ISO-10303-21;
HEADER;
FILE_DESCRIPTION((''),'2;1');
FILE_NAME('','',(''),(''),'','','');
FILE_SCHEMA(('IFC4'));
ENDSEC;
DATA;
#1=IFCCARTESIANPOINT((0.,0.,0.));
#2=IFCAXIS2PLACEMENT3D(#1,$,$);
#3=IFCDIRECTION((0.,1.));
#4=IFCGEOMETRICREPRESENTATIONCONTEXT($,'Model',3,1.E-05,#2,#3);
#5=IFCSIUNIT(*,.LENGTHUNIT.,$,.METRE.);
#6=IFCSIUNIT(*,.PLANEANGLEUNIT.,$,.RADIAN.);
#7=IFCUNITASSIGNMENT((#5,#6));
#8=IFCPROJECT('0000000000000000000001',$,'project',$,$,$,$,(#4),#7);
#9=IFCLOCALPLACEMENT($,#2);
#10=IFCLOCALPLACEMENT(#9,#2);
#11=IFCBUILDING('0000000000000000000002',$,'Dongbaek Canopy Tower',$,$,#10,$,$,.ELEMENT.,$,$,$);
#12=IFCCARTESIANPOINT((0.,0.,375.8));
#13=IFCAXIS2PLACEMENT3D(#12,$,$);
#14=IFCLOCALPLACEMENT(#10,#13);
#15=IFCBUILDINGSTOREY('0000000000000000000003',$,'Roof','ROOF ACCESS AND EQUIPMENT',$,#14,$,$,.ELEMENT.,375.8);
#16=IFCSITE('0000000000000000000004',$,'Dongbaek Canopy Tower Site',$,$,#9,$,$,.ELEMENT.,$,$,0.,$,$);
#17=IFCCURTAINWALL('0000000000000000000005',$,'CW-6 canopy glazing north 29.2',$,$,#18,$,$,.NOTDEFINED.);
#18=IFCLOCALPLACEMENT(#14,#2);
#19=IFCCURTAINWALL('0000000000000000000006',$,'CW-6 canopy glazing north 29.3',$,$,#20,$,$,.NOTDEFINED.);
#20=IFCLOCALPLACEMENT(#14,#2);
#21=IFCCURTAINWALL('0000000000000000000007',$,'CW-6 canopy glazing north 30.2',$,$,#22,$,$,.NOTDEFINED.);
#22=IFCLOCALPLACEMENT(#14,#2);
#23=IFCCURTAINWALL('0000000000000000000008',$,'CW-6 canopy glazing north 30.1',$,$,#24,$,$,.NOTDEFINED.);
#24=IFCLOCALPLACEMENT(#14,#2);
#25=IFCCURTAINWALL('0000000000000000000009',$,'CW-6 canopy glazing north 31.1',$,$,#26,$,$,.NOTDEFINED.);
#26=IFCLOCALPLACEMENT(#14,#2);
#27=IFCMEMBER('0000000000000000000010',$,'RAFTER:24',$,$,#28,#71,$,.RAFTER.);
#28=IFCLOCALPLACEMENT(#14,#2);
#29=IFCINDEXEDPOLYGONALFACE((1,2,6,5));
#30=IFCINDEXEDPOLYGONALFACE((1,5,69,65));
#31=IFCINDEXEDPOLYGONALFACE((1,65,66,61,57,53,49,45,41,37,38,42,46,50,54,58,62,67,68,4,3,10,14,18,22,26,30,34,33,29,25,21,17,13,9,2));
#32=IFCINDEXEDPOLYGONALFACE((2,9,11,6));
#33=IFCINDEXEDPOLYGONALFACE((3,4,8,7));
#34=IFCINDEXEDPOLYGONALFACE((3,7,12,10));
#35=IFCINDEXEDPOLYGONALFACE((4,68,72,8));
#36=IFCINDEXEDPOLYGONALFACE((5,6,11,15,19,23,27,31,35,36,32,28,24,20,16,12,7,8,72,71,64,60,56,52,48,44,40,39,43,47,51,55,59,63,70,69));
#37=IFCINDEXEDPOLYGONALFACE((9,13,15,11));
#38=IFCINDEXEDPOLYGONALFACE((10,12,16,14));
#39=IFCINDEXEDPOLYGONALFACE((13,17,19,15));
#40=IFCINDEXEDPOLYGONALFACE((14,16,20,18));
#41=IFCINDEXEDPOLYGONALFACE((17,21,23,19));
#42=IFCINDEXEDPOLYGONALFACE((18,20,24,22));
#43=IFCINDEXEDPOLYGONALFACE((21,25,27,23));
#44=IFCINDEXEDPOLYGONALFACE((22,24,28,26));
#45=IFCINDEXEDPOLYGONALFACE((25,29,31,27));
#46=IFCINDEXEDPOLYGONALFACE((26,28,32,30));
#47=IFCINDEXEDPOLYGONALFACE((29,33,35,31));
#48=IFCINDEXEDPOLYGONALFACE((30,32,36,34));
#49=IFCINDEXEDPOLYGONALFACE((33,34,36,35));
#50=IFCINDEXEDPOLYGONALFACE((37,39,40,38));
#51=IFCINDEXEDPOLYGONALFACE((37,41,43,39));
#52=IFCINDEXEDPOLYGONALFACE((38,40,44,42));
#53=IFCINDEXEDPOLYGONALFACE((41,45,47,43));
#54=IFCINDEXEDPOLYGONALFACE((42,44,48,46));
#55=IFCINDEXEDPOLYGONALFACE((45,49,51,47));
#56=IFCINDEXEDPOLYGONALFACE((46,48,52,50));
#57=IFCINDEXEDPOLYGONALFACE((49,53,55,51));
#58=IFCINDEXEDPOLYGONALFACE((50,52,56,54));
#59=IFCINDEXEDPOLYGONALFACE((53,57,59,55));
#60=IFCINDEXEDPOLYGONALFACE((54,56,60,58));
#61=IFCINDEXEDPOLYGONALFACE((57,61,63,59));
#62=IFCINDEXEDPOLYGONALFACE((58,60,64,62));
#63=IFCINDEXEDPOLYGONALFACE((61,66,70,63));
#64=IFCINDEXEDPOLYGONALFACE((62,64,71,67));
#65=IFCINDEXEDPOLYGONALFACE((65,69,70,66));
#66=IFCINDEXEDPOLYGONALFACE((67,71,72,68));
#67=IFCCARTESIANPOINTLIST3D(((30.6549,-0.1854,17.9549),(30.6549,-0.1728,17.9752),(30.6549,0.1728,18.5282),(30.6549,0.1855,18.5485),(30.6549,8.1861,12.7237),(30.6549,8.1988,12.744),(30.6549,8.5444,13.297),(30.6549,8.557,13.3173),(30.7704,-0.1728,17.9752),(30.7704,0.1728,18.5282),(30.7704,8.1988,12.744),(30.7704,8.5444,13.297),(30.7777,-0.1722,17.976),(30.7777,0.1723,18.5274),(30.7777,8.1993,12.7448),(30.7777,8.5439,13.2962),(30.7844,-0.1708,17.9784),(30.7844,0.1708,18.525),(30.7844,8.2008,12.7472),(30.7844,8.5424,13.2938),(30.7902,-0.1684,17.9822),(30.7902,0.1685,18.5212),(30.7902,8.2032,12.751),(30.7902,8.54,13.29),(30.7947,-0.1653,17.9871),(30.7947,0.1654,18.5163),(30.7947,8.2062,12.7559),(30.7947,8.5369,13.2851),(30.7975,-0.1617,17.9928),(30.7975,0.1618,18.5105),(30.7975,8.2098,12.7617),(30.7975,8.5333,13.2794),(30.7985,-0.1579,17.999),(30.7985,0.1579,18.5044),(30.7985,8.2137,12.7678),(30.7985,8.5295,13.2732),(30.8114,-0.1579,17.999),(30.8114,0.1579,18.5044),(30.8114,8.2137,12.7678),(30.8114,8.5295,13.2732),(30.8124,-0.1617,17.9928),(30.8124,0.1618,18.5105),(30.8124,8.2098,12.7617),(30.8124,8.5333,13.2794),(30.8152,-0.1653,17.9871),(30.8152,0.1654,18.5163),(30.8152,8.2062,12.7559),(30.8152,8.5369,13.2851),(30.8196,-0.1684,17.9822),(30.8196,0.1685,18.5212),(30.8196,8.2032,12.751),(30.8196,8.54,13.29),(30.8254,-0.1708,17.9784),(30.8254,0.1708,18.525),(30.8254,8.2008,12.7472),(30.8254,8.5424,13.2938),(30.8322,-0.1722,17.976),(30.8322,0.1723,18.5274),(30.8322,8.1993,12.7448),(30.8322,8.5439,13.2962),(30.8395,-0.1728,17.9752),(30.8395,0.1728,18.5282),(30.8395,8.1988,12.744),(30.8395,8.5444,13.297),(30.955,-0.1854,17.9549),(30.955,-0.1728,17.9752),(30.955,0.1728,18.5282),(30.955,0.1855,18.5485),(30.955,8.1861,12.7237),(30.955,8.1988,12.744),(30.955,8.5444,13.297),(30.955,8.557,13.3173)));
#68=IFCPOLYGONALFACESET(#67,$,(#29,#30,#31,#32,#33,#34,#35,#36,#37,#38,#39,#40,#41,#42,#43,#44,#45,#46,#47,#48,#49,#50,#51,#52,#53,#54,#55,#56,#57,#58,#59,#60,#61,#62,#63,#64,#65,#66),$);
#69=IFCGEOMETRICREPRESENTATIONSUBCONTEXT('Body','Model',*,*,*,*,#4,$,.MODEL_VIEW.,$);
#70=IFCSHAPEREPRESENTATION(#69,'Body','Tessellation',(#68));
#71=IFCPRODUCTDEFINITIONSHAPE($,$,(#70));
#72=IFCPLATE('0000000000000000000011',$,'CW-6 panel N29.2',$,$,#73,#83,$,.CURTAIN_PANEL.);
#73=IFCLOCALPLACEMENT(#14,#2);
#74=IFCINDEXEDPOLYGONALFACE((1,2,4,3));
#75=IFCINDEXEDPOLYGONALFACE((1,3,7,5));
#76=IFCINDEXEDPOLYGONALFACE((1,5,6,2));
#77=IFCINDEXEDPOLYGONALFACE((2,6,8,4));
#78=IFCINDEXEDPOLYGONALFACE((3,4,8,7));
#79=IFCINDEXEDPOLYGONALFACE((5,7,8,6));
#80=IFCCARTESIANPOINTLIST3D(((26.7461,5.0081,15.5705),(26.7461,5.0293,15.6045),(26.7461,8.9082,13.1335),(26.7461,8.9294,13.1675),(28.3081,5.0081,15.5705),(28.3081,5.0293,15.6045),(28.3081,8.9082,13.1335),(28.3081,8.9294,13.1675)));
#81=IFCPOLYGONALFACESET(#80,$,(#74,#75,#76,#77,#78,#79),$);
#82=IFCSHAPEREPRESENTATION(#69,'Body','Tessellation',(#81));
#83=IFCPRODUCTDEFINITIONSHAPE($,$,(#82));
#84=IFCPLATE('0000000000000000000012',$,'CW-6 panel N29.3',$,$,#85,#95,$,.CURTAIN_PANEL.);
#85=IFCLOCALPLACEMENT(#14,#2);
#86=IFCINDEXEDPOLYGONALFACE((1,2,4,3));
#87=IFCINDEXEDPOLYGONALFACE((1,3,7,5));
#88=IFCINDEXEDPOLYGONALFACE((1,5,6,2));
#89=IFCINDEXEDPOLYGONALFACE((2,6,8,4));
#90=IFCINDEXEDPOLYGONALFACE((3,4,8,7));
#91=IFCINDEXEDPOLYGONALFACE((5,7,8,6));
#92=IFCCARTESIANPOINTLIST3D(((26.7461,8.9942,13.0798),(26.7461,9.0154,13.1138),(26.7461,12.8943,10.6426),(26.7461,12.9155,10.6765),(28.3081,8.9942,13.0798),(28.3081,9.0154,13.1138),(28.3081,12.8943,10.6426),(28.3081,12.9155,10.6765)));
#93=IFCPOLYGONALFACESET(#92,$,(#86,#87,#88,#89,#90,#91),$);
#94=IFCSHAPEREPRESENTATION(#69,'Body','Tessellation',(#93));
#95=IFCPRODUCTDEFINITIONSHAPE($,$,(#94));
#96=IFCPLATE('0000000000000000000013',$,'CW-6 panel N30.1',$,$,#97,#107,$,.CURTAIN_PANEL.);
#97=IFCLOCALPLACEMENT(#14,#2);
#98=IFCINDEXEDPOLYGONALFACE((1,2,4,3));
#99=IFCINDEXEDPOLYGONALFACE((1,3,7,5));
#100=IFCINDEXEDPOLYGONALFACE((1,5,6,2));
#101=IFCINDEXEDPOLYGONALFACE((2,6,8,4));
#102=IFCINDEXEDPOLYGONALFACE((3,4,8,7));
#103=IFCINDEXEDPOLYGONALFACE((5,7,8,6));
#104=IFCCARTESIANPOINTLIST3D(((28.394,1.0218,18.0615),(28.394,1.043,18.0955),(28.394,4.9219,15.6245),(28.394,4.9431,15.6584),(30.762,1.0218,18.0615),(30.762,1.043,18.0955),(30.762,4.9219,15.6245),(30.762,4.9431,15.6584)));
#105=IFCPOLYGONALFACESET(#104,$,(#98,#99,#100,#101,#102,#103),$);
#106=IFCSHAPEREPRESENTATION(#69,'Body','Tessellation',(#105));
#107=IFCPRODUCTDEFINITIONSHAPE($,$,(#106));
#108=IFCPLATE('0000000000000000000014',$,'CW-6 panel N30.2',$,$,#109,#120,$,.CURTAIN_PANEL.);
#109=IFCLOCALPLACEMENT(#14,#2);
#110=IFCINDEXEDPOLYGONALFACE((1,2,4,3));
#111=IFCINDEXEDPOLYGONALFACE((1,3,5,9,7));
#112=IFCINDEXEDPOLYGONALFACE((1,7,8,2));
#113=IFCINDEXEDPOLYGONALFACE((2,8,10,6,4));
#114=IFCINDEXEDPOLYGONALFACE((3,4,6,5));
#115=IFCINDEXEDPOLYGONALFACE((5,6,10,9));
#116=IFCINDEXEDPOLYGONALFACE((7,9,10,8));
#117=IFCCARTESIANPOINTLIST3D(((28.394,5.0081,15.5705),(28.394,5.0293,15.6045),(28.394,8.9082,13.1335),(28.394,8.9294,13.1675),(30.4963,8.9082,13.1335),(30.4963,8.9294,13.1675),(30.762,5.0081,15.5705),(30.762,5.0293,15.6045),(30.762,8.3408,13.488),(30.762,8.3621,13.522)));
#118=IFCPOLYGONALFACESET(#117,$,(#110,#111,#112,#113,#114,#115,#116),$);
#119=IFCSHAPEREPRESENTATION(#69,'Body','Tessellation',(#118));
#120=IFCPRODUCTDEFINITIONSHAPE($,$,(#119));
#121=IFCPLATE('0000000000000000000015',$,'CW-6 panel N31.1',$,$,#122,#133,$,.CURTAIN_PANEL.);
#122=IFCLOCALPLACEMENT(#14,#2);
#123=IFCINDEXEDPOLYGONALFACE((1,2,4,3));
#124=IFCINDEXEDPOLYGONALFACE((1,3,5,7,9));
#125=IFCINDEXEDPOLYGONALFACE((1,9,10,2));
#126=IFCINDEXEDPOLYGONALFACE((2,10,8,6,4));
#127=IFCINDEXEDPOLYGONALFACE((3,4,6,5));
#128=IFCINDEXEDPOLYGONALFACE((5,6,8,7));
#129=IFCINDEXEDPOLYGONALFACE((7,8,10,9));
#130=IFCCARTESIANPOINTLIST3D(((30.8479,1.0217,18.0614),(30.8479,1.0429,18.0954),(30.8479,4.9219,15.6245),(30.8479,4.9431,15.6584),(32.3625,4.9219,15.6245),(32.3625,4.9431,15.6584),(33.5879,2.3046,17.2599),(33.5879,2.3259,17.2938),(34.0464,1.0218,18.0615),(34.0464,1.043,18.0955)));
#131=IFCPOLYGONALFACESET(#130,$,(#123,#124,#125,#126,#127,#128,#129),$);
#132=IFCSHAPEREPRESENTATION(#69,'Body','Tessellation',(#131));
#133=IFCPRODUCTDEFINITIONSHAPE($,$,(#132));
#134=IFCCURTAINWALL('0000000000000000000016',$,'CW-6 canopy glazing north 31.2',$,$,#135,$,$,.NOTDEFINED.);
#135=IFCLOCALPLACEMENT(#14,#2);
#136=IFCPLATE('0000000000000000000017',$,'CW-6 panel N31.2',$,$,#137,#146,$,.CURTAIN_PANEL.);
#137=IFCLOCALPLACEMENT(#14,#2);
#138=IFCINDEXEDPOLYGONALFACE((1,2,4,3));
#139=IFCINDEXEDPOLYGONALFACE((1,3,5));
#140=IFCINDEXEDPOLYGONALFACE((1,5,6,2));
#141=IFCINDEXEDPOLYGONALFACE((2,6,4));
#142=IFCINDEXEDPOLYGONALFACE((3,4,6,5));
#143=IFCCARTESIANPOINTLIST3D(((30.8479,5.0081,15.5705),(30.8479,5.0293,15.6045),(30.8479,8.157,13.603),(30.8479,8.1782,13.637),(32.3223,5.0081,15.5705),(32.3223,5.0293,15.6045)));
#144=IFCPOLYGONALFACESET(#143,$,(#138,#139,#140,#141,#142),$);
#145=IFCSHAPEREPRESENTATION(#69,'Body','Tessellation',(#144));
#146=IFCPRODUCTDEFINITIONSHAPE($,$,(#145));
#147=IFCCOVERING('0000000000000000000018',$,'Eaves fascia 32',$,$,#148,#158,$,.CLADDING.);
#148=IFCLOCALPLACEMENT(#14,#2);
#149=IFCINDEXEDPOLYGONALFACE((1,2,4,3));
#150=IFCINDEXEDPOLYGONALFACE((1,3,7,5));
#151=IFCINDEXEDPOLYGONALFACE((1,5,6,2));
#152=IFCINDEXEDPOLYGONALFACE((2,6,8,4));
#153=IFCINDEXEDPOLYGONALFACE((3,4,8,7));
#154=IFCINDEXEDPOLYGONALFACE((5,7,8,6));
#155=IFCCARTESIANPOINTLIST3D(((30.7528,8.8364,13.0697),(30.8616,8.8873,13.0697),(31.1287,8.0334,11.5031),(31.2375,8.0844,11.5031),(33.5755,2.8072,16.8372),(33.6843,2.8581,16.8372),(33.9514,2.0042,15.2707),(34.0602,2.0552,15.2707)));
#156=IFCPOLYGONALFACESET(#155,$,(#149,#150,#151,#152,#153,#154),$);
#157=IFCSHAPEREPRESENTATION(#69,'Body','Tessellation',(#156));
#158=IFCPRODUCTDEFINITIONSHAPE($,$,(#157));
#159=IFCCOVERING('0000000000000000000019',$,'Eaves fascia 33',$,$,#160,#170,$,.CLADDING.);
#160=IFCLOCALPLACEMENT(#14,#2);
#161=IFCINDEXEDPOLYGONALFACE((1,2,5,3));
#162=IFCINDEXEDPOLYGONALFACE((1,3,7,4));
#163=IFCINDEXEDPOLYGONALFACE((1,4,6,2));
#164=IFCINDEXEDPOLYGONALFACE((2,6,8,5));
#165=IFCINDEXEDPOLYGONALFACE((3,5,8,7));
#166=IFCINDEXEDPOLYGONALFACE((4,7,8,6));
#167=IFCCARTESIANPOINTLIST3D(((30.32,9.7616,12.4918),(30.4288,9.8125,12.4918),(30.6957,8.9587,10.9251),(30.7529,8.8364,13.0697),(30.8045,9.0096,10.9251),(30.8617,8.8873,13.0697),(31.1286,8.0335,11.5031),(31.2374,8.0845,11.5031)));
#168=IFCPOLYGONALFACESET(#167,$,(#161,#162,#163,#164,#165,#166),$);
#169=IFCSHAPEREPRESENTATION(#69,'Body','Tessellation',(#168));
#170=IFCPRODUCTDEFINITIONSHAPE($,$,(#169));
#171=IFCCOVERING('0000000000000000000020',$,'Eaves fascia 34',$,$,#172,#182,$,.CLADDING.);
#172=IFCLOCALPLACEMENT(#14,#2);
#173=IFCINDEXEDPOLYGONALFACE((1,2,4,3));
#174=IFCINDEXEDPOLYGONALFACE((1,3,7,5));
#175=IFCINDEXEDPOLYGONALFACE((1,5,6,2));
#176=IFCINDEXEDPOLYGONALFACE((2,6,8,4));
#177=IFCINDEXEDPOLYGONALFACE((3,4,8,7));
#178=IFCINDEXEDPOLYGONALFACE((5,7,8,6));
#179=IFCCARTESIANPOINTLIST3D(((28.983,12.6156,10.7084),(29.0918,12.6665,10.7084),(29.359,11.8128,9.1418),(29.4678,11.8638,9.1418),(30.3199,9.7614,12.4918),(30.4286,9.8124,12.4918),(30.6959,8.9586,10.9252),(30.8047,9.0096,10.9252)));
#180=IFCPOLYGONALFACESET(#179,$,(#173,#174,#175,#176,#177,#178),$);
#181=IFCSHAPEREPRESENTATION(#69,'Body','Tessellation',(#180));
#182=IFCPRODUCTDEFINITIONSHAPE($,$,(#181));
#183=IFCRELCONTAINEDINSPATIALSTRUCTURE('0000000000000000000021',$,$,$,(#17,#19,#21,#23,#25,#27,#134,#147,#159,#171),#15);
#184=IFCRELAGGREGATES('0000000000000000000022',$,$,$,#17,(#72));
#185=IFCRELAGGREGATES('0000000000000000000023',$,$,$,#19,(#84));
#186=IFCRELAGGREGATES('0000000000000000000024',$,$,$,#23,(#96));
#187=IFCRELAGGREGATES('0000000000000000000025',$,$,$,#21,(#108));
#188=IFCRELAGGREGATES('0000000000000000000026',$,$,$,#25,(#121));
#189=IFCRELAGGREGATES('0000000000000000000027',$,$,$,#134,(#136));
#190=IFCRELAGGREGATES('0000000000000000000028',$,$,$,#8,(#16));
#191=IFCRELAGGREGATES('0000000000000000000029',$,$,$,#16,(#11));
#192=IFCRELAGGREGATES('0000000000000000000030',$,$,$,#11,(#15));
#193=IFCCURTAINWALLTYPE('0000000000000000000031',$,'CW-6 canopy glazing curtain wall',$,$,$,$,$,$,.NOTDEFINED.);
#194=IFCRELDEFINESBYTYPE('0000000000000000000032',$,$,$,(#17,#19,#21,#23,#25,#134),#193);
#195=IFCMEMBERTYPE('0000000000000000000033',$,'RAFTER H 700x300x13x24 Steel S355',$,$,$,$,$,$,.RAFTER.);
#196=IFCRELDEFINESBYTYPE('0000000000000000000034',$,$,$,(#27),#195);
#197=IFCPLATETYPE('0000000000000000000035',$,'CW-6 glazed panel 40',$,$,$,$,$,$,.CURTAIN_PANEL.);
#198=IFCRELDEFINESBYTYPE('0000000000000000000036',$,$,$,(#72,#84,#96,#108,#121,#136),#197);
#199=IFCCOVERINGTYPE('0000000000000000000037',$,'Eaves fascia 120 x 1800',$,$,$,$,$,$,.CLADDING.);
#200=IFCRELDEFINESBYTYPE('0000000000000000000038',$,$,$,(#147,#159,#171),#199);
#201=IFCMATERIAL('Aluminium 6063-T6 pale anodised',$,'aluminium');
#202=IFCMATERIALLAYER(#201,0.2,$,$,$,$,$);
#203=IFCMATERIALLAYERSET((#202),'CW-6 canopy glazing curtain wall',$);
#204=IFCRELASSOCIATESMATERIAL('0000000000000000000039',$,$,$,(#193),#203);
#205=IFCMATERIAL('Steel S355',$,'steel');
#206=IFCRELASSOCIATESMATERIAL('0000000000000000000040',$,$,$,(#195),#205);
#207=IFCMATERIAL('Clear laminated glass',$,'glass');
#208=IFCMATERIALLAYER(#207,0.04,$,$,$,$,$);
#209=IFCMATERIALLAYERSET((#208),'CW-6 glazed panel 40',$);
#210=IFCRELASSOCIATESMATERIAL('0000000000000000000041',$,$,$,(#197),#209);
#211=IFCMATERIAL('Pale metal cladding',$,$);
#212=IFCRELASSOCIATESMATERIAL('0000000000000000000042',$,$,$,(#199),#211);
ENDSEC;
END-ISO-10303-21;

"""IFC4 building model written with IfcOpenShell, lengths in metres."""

from ifc_helpers import new_model, si_unit, direction, frame, origin, origin_2d, place, context, subcontext, project, spatial, polyline, rectangle, i_section, outline, extrude, material, layer, layer_set, material_profile, profile_set, type_object, element, aggregate, save


model = new_model("IFC4")

# Units and contexts
model_context = context("Model", 3, precision=1e-05, world=origin(), true_north=direction((0.0, 1.0)))
body_context = subcontext(model_context, "Body", "Model", "MODEL_VIEW")
ifc_project = project(units=[si_unit("LENGTHUNIT", "METRE"), si_unit("PLANEANGLEUNIT", "RADIAN")], contexts=[model_context])

# Site, building, storey
site_placement = place(None, origin())
site = spatial("IfcSite", under=ifc_project, at=site_placement, Name="Dongbaek Canopy Tower Site", CompositionType="ELEMENT", RefElevation=0.0)
building_placement = place(site_placement, origin())
building = spatial("IfcBuilding", under=site, at=building_placement, Name="Dongbaek Canopy Tower", CompositionType="ELEMENT")
storey_placement = place(building_placement, frame((0.0, 0.0, 375.8)))
storey = spatial("IfcBuildingStorey", under=building, at=storey_placement, Name="Roof", Description="ROOF ACCESS AND EQUIPMENT", CompositionType="ELEMENT", Elevation=375.8)

# Curtain walls
ifc_material_1 = material(Name="Aluminium 6063-T6 pale anodised", Category="aluminium")
ifc_layer_1 = layer(ifc_material_1, 0.2)
ifc_layer_set_1 = layer_set([ifc_layer_1], Name="CW-6 canopy glazing curtain wall")
curtain_wall_type = type_object("IfcCurtainWallType", Name="CW-6 canopy glazing curtain wall", PredefinedType="NOTDEFINED", material=ifc_layer_set_1)
curtain_wall_1_placement = place(storey_placement, origin())
curtain_wall_1 = element("IfcCurtainWall", 1, at=curtain_wall_1_placement, inside=storey, type_object=curtain_wall_type, Name="CW-6 canopy glazing north 29.2", PredefinedType="NOTDEFINED")
curtain_wall_2_placement = place(storey_placement, origin())
curtain_wall_2 = element("IfcCurtainWall", 2, at=curtain_wall_2_placement, inside=storey, type_object=curtain_wall_type, Name="CW-6 canopy glazing north 29.3", PredefinedType="NOTDEFINED")
curtain_wall_3_placement = place(storey_placement, origin())
curtain_wall_3 = element("IfcCurtainWall", 3, at=curtain_wall_3_placement, inside=storey, type_object=curtain_wall_type, Name="CW-6 canopy glazing north 30.2", PredefinedType="NOTDEFINED")

# Curtain wall
curtain_wall_4_placement = place(storey_placement, origin())
curtain_wall_4 = element("IfcCurtainWall", 4, at=curtain_wall_4_placement, inside=storey, type_object=curtain_wall_type, Name="CW-6 canopy glazing north 30.1", PredefinedType="NOTDEFINED")

# Curtain wall
curtain_wall_5_placement = place(storey_placement, origin())
curtain_wall_5 = element("IfcCurtainWall", 5, at=curtain_wall_5_placement, inside=storey, type_object=curtain_wall_type, Name="CW-6 canopy glazing north 31.1", PredefinedType="NOTDEFINED")

# Member
ifc_material_2 = material(Name="Steel S355", Category="steel")
ifc_material_profile_1 = material_profile(ifc_material_2, i_section(OverallWidth=0.3, OverallDepth=0.7, WebThickness=0.0129, FlangeThickness=0.0239, FilletRadius=0.0281, at=origin_2d()), Name="RAFTER H 700x300x13x24 Steel S355")
ifc_profile_set_1 = profile_set([ifc_material_profile_1], Name="Steel S355")
member_type_1 = type_object("IfcMemberType", Name="RAFTER H 700x300x13x24 Steel S355", PredefinedType="RAFTER", material=ifc_profile_set_1)
member_1_placement = place(storey_placement, frame((30.8049, 8.3716, 13.0205), z_axis=(0.0, -0.848046, 0.529923), x_axis=(1.0, 0.0, 0.0)))
element("IfcMember", 6, at=member_1_placement, inside=storey, type_object=member_type_1, Name="RAFTER:24", PredefinedType="RAFTER", context=body_context, shape_type="SweptSolid", body=[
    extrude(i_section(OverallWidth=0.3, OverallDepth=0.7, WebThickness=0.0129, FlangeThickness=0.0239, FilletRadius=0.0281, at=origin_2d()), origin(), (0.0, 0.0, 1.0), 9.8716),
])

# Plates
ifc_material_3 = material(Name="Clear laminated glass", Category="glass")
ifc_layer_2 = layer(ifc_material_3, 0.04)
ifc_layer_set_2 = layer_set([ifc_layer_2], Name="CW-6 glazed panel 40")
plate_type = type_object("IfcPlateType", Name="CW-6 glazed panel 40", PredefinedType="CURTAIN_PANEL", material=ifc_layer_set_2)
plate_1_placement = place(storey_placement, frame((28.3081, 5.0293, 15.6045), z_axis=(0.0, 0.529908, 0.848055), x_axis=(-1.0, 0.0, 0.0)))
plate_1 = element("IfcPlate", 7, at=plate_1_placement, type_object=plate_type, Name="CW-6 panel N29.2", PredefinedType="CURTAIN_PANEL", context=body_context, shape_type="SweptSolid", body=[
    extrude(outline(polyline([(0.0, 0.0), (1.562, 0.0), (1.562, -4.5989), (0.0, -4.5989), (0.0, 0.0)])), origin(), (0.0, 0.0, -1.0), 0.04),
])
aggregate(curtain_wall_1, [plate_1])
plate_2_placement = place(storey_placement, frame((28.3081, 9.0154, 13.1138), z_axis=(0.0, 0.529946, 0.848031), x_axis=(-1.0, 0.0, 0.0)))
plate_2 = element("IfcPlate", 8, at=plate_2_placement, type_object=plate_type, Name="CW-6 panel N29.3", PredefinedType="CURTAIN_PANEL", context=body_context, shape_type="SweptSolid", body=[
    extrude(outline(polyline([(0.0, 0.0), (1.562, 0.0), (1.562, -4.5991), (0.0, -4.5991), (0.0, 0.0)])), origin(), (0.0, 0.0, -1.0), 0.04),
])
aggregate(curtain_wall_2, [plate_2])
plate_3_placement = place(storey_placement, frame((30.762, 1.043, 18.0955), z_axis=(0.0, 0.529908, 0.848055), x_axis=(-1.0, 0.0, 0.0)))
plate_3 = element("IfcPlate", 9, at=plate_3_placement, type_object=plate_type, Name="CW-6 panel N30.1", PredefinedType="CURTAIN_PANEL", context=body_context, shape_type="SweptSolid", body=[
    extrude(outline(polyline([(0.0, 0.0), (2.3679, 0.0), (2.3679, -4.5989), (0.0, -4.5989), (0.0, 0.0)])), origin(), (0.0, 0.0, -1.0), 0.04),
])
aggregate(curtain_wall_4, [plate_3])
plate_4_placement = place(storey_placement, frame((30.762, 8.3621, 13.522), z_axis=(0.000007, 0.529909, 0.848055), x_axis=(0.0, -0.848055, 0.529909)))
plate_4 = element("IfcPlate", 10, at=plate_4_placement, type_object=plate_type, Name="CW-6 panel N30.2", PredefinedType="CURTAIN_PANEL", context=body_context, shape_type="SweptSolid", body=[
    extrude(outline(polyline([(0.0, 0.0), (3.9299, 0.0), (3.9299, -2.3679), (-0.669, -2.3679), (-0.669, -0.2656), (0.0, 0.0)])), origin(), (0.0, 0.0, -1.0), 0.04),
])
aggregate(curtain_wall_3, [plate_4])

# Plate
plate_5_placement = place(storey_placement, frame((34.0464, 1.043, 18.0955), z_axis=(-0.000026, 0.5299, 0.84806), x_axis=(-1.0, -0.000014, -0.000022)))
plate_5 = element("IfcPlate", 11, at=plate_5_placement, type_object=plate_type, Name="CW-6 panel N31.1", PredefinedType="CURTAIN_PANEL", context=body_context, shape_type="SweptSolid", body=[
    extrude(outline(polyline([(0.0, 0.0), (3.1985, 0.0), (3.1985, -4.5989), (1.6838, -4.5989), (0.4585, -1.5127), (0.0, 0.0)])), origin(), (0.0, 0.0, -1.0), 0.04),
])
aggregate(curtain_wall_5, [plate_5])

# Curtain wall, plate
curtain_wall_6_placement = place(storey_placement, origin())
curtain_wall_6 = element("IfcCurtainWall", 12, at=curtain_wall_6_placement, inside=storey, type_object=curtain_wall_type, Name="CW-6 canopy glazing north 31.2", PredefinedType="NOTDEFINED")
plate_6_placement = place(storey_placement, frame((30.8479, 8.1782, 13.637), z_axis=(0.0, 0.529893, 0.848065), x_axis=(0.369045, -0.788201, 0.492488)))
plate_6 = element("IfcPlate", 13, at=plate_6_placement, type_object=plate_type, Name="CW-6 panel N31.2", PredefinedType="CURTAIN_PANEL", context=body_context, shape_type="SweptSolid", body=[
    extrude(outline(polyline([(0.0, 0.0), (3.9951, 0.0), (3.451, -1.3703), (0.0, 0.0)])), origin(), (0.0, 0.0, -1.0), 0.04),
])
aggregate(curtain_wall_6, [plate_6])

# Coverings
ifc_material_4 = material(Name="Pale metal cladding")
ifc_material_profile_2 = material_profile(ifc_material_4, rectangle(XDim=0.1201, YDim=1.8, at=origin_2d()), Name="Eaves fascia 120 x 1800")
ifc_profile_set_2 = profile_set([ifc_material_profile_2], Name="Pale metal cladding")
covering_type = type_object("IfcCoveringType", Name="Eaves fascia 120 x 1800", PredefinedType="CLADDING", material=ifc_profile_set_2)
covering_1_placement = place(storey_placement, frame((33.8179, 2.4312, 16.054), z_axis=(-0.369011, 0.788194, -0.492525), x_axis=(-0.90566, -0.424005, 0.0)))
element("IfcCovering", 14, at=covering_1_placement, inside=storey, type_object=covering_type, Name="Eaves fascia 32", PredefinedType="CLADDING", context=body_context, shape_type="SweptSolid", body=[
    extrude(rectangle(XDim=0.1201, YDim=1.8, at=origin_2d()), origin(), (0.0, 0.0, 1.0), 7.6494),
])
covering_2_placement = place(storey_placement, frame((30.9951, 8.4604, 12.2864), z_axis=(-0.368873, 0.788302, -0.492455), x_axis=(-0.905743, -0.423827, 0.0)))
element("IfcCovering", 15, at=covering_2_placement, inside=storey, type_object=covering_type, Name="Eaves fascia 33", PredefinedType="CLADDING", context=body_context, shape_type="SweptSolid", body=[
    extrude(rectangle(XDim=0.1201, YDim=1.8, at=origin_2d()), origin(), (0.0, 0.0, 1.0), 1.1736),
])
covering_3_placement = place(storey_placement, frame((30.5623, 9.3855, 11.7085), z_axis=(-0.369167, 0.788155, -0.49247), x_axis=(-0.905583, -0.42417, 0.0)))
element("IfcCovering", 16, at=covering_3_placement, inside=storey, type_object=covering_type, Name="Eaves fascia 34", PredefinedType="CLADDING", context=body_context, shape_type="SweptSolid", body=[
    extrude(rectangle(XDim=0.1201, YDim=1.8, at=origin_2d()), origin(), (0.0, 0.0, 1.0), 3.6213),
])

save(model, "model.ifc")
